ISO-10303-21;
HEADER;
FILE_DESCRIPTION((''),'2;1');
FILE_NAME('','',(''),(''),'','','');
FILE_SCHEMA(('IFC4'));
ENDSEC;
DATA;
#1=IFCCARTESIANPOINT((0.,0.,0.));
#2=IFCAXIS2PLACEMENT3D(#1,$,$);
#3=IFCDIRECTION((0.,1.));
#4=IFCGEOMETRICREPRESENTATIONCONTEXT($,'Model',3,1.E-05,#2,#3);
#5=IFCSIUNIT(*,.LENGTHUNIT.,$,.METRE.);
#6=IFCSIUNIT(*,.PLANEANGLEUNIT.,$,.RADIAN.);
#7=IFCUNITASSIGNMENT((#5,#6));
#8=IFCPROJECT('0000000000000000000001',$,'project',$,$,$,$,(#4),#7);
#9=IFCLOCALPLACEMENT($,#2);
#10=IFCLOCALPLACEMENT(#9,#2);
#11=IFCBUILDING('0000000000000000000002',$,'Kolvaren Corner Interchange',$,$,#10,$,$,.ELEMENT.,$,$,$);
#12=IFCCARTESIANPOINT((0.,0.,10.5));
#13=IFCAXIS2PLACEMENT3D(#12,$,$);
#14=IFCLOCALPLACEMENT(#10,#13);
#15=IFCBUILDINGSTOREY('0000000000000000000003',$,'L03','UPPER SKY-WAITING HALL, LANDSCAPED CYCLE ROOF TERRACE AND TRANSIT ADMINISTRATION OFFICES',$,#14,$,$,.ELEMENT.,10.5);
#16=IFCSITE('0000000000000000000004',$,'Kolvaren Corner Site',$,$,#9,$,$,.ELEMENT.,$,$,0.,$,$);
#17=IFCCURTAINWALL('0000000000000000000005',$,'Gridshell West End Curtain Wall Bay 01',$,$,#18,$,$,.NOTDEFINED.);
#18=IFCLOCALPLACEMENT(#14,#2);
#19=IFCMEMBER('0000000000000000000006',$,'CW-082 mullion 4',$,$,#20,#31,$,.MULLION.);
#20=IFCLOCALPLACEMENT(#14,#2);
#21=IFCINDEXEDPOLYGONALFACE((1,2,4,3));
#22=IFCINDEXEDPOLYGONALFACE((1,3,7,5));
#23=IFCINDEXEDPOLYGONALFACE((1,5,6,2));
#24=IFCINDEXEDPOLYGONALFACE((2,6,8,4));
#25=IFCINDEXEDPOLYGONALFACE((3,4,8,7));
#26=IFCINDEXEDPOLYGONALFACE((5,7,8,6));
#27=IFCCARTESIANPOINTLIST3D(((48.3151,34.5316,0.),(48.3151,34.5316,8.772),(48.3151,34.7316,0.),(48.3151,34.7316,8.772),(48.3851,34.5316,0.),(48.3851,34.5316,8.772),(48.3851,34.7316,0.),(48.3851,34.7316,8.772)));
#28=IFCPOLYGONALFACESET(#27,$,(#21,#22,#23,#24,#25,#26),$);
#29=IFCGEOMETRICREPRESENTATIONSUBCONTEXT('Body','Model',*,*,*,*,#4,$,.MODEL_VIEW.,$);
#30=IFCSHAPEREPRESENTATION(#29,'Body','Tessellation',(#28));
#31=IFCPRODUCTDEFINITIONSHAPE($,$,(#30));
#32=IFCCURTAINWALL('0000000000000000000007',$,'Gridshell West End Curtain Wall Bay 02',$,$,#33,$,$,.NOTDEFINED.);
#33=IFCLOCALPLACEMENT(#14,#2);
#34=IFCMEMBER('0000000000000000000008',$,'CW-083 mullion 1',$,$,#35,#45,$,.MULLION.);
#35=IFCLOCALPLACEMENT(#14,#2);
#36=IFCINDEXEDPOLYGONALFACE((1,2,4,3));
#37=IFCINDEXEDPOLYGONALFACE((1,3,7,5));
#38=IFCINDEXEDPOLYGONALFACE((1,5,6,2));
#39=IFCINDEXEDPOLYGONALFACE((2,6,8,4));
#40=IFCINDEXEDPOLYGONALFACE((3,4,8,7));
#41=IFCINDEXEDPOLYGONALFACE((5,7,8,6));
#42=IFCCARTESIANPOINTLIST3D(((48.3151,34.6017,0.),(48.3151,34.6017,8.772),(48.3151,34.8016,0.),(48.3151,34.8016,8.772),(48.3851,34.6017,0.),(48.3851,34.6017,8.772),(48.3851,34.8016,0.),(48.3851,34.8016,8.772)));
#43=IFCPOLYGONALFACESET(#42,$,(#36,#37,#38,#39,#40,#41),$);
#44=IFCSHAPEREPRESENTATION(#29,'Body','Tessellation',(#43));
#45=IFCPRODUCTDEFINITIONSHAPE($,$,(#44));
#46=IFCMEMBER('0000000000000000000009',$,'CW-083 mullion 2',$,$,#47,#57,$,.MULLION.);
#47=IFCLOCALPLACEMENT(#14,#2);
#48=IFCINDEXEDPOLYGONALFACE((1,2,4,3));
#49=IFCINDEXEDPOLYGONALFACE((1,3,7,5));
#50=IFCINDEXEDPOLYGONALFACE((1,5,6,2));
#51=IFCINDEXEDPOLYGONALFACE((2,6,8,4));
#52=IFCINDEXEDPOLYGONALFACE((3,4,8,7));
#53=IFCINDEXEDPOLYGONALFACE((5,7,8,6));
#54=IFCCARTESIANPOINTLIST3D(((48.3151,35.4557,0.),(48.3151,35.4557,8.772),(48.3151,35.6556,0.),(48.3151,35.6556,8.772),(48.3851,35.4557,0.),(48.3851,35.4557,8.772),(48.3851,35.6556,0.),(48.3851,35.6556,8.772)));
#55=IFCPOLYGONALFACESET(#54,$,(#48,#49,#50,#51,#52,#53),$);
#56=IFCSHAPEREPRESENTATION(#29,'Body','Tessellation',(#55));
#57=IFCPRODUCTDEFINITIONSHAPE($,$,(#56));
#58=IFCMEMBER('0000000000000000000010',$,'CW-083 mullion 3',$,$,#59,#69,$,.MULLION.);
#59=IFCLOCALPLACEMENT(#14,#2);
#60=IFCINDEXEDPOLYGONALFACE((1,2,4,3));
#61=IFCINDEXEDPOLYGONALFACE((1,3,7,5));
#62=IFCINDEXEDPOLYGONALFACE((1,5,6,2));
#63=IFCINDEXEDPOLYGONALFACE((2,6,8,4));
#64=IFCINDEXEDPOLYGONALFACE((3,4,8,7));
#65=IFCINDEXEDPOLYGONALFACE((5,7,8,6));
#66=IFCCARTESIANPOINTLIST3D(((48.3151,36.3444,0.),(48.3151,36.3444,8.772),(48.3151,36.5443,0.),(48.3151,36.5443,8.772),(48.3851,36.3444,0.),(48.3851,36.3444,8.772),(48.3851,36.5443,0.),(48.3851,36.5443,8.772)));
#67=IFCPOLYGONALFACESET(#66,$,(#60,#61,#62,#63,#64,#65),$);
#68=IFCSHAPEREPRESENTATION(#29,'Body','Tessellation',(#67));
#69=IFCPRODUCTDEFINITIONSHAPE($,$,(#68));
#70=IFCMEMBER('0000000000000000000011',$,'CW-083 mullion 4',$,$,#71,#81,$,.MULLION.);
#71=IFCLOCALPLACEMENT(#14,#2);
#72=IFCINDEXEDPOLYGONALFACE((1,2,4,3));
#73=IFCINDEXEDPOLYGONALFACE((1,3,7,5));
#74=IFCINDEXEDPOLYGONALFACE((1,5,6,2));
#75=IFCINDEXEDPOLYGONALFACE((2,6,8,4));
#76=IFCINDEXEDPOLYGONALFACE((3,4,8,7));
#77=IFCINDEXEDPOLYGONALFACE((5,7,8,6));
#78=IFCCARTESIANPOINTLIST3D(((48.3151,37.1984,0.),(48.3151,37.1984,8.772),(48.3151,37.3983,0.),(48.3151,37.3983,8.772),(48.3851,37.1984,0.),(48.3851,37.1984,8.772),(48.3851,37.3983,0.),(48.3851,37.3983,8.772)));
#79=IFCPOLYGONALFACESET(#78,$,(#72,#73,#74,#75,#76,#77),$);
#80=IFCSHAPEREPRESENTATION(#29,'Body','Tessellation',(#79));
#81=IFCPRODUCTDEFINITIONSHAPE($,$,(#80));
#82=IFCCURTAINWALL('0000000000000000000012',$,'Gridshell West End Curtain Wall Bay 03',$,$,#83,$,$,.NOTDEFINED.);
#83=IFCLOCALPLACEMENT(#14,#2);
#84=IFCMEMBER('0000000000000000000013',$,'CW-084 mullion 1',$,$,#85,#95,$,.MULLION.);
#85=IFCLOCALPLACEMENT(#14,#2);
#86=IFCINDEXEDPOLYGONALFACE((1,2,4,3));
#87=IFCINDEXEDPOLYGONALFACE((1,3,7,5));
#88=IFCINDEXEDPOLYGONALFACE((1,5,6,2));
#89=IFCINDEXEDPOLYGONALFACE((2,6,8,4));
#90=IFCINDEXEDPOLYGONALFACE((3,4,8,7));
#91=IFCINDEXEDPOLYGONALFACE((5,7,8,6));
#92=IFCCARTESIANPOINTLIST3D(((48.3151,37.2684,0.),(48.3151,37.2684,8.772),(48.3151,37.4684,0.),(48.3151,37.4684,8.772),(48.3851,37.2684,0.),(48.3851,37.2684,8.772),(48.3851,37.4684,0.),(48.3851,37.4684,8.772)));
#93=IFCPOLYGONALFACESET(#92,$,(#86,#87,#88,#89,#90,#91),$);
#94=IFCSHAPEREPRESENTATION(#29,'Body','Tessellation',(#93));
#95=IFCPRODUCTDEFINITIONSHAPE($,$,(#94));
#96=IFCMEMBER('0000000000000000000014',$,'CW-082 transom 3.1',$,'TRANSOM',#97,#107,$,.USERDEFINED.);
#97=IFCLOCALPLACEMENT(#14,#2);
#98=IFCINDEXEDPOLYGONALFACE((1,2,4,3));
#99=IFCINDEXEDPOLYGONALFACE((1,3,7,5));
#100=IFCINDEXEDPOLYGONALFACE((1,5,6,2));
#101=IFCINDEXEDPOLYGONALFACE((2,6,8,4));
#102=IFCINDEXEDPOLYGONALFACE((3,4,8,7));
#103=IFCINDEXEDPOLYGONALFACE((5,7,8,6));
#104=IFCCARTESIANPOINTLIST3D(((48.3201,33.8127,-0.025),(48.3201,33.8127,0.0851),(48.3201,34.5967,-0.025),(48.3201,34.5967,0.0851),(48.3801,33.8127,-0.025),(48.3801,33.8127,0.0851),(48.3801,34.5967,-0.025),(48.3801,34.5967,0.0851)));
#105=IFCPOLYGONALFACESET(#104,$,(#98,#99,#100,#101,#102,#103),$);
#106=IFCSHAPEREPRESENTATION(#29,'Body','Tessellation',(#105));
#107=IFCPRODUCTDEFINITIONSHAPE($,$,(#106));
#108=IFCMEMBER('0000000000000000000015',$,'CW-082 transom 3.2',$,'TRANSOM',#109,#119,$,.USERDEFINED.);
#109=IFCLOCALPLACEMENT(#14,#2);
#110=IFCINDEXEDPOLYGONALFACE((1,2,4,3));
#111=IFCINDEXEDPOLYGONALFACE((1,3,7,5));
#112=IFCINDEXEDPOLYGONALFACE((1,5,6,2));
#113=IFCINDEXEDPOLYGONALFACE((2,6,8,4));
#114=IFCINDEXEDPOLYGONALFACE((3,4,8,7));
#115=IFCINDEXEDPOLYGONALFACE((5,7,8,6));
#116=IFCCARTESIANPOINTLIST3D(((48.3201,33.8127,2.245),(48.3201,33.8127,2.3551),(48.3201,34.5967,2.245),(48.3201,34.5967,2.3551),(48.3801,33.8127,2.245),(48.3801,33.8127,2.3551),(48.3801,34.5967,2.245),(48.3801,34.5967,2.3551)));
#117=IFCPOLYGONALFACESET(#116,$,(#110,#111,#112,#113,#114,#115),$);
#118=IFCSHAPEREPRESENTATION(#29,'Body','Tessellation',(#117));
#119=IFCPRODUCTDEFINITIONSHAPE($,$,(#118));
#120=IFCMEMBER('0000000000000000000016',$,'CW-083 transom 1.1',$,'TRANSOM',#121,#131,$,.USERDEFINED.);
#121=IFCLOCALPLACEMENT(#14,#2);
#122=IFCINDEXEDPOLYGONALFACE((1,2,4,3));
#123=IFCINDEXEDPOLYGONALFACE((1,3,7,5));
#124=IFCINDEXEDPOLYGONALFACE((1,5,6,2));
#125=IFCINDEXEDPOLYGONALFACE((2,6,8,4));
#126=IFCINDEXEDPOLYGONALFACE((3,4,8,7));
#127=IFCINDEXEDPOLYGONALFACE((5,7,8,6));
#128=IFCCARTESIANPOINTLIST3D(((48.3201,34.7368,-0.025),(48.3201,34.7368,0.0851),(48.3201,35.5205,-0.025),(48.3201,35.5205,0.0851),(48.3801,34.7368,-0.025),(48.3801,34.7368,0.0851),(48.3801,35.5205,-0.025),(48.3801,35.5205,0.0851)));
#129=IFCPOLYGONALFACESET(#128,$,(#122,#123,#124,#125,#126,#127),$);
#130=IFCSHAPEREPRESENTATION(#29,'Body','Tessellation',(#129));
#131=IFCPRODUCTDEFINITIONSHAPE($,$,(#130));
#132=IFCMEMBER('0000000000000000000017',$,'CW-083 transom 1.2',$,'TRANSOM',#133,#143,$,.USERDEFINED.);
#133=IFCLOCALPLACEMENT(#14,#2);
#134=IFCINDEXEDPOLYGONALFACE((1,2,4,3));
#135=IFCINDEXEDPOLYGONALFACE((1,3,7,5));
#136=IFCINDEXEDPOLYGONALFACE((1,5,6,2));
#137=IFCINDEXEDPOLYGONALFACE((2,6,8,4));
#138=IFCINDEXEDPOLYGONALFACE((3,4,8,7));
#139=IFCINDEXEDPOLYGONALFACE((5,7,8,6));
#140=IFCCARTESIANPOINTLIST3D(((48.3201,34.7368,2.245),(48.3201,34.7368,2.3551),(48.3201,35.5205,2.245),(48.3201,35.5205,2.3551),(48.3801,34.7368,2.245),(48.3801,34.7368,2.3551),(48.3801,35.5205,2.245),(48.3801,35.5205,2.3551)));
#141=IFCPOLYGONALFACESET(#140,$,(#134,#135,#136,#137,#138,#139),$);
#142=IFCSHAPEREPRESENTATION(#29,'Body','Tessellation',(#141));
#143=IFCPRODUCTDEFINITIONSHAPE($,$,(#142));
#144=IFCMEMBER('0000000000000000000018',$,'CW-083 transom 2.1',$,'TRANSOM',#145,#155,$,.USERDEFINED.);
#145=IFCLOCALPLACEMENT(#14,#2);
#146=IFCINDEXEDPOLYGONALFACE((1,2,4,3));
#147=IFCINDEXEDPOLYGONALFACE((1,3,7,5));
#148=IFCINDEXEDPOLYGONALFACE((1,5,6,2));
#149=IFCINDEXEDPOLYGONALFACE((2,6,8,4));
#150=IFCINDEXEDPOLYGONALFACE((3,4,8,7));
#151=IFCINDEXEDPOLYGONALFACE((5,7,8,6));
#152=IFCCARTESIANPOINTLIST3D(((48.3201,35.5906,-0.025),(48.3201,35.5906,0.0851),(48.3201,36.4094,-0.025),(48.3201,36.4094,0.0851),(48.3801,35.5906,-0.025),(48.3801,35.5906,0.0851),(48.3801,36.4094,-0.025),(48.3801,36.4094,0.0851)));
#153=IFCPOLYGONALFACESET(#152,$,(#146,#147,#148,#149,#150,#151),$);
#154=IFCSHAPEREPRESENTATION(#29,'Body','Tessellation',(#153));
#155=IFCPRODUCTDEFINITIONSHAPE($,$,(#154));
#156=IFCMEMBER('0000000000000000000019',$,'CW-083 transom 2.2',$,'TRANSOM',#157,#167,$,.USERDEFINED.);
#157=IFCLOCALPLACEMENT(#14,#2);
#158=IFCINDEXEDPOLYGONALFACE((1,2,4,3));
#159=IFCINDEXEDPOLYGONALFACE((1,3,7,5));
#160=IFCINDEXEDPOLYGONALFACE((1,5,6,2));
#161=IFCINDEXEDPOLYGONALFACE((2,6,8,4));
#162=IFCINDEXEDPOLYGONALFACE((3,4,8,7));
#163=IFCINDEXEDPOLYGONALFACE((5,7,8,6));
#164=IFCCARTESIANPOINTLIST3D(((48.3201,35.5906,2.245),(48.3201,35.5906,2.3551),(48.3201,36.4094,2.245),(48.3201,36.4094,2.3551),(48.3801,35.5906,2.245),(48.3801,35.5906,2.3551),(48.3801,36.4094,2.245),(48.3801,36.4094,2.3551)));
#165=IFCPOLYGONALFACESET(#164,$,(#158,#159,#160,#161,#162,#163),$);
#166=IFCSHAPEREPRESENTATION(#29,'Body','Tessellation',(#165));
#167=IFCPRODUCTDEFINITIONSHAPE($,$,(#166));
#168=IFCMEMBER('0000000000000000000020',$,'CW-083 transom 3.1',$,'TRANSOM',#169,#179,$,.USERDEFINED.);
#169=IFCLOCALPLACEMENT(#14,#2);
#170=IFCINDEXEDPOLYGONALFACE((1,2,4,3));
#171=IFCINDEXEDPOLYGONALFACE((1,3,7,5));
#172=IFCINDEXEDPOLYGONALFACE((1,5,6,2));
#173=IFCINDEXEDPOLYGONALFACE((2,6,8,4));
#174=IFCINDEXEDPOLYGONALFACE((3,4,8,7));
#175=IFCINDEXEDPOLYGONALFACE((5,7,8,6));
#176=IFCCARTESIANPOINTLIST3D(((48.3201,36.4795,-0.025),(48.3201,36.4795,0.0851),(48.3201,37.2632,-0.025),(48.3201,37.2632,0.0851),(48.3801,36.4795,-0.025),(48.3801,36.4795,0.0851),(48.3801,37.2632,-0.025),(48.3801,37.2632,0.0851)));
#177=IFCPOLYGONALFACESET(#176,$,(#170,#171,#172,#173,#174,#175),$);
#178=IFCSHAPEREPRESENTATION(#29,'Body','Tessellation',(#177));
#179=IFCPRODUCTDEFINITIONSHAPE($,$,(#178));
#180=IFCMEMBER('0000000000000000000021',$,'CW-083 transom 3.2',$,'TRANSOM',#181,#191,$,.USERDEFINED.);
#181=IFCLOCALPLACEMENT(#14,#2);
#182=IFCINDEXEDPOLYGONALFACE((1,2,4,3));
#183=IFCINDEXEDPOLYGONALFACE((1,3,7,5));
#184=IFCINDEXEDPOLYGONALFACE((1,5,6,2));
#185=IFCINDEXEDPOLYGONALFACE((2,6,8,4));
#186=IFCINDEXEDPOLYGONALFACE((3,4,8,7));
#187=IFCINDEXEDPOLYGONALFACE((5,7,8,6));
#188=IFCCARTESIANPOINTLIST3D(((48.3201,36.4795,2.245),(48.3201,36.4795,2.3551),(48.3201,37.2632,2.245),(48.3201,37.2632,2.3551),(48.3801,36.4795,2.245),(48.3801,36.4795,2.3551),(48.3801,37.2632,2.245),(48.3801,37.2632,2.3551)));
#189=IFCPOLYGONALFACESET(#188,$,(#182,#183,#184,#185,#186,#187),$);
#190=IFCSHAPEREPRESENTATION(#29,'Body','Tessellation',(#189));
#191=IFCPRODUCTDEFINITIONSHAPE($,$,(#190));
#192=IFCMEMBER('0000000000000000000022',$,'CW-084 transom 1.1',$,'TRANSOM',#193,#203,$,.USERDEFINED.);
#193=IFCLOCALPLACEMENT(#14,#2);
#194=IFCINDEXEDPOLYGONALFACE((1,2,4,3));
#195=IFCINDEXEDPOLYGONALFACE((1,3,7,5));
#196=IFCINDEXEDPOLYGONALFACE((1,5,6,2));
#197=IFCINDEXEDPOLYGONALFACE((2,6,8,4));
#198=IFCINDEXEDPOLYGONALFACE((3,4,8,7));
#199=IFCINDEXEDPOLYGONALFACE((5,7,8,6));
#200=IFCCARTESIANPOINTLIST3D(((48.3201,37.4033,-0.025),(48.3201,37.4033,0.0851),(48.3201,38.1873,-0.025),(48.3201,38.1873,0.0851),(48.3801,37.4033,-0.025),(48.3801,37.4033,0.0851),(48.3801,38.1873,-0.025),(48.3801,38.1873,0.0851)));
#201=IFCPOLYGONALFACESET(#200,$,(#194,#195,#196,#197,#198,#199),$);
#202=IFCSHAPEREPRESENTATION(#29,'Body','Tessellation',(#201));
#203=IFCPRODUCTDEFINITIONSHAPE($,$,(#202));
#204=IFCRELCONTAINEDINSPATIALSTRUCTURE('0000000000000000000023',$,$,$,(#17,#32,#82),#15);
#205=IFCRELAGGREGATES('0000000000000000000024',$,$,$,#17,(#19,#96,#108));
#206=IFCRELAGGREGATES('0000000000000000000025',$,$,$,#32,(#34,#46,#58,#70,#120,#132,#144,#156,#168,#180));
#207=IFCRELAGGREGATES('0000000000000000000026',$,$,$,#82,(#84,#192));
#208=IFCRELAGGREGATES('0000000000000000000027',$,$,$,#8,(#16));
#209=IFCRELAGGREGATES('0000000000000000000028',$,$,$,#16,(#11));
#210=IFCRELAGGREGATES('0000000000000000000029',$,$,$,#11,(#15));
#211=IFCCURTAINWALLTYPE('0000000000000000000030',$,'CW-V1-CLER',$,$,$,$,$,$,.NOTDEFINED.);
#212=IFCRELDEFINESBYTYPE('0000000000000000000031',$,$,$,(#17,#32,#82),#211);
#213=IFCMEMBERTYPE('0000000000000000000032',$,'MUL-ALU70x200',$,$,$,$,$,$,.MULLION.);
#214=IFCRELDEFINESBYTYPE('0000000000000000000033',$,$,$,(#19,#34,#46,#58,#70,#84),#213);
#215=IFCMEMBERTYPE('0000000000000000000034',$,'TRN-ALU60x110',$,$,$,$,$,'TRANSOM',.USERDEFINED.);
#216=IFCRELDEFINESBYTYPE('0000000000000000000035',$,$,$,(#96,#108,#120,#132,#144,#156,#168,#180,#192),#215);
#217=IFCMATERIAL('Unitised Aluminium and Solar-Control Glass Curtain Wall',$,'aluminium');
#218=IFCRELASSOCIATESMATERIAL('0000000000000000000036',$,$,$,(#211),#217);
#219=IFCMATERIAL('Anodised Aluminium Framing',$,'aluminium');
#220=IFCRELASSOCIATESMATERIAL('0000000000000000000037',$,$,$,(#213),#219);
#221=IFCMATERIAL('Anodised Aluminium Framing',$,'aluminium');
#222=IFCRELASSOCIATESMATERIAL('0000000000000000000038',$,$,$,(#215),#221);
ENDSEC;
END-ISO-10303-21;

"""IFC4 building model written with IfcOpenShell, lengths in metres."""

from ifc_helpers import new_model, si_unit, direction, frame, origin, origin_2d, place, context, subcontext, project, spatial, rectangle, extrude, material, material_profile, profile_set, type_object, element, aggregate, save


model = new_model("IFC4")

# Units and contexts
model_context = context("Model", 3, precision=1e-05, world=origin(), true_north=direction((0.0, 1.0)))
body_context = subcontext(model_context, "Body", "Model", "MODEL_VIEW")
ifc_project = project(units=[si_unit("LENGTHUNIT", "METRE"), si_unit("PLANEANGLEUNIT", "RADIAN")], contexts=[model_context])

# Site, building, storey
site_placement = place(None, origin())
site = spatial("IfcSite", under=ifc_project, at=site_placement, Name="Kolvaren Corner Site", CompositionType="ELEMENT", RefElevation=0.0)
building_placement = place(site_placement, origin())
building = spatial("IfcBuilding", under=site, at=building_placement, Name="Kolvaren Corner Interchange", CompositionType="ELEMENT")
storey_placement = place(building_placement, frame((0.0, 0.0, 10.5)))
storey = spatial("IfcBuildingStorey", under=building, at=storey_placement, Name="L03", Description="UPPER SKY-WAITING HALL, LANDSCAPED CYCLE ROOF TERRACE AND TRANSIT ADMINISTRATION OFFICES", CompositionType="ELEMENT", Elevation=10.5)

# Curtain wall, member
ifc_material_1 = material(Name="Unitised Aluminium and Solar-Control Glass Curtain Wall", Category="aluminium")
curtain_wall_type = type_object("IfcCurtainWallType", Name="CW-V1-CLER", PredefinedType="NOTDEFINED", material=ifc_material_1)
curtain_wall_1_placement = place(storey_placement, origin())
curtain_wall_1 = element("IfcCurtainWall", 1, at=curtain_wall_1_placement, inside=storey, type_object=curtain_wall_type, Name="Gridshell West End Curtain Wall Bay 01", PredefinedType="NOTDEFINED")
ifc_material_2 = material(Name="Anodised Aluminium Framing", Category="aluminium")
ifc_material_profile_1 = material_profile(ifc_material_2, rectangle(XDim=0.0701, YDim=0.2, at=origin_2d()), Name="ALU 70x200")
ifc_profile_set_1 = profile_set([ifc_material_profile_1], Name="Anodised Aluminium Framing")
member_type_1 = type_object("IfcMemberType", Name="MUL-ALU70x200", PredefinedType="MULLION", material=ifc_profile_set_1)
member_1_placement = place(storey_placement, frame((48.3501, 34.6316, 0.0), z_axis=(0.0, 0.0, 1.0), x_axis=(-1.0, 0.0, 0.0)))
member_1 = element("IfcMember", 2, at=member_1_placement, type_object=member_type_1, Name="CW-082 mullion 4", PredefinedType="MULLION", context=body_context, shape_type="SweptSolid", body=[
    extrude(rectangle(XDim=0.0701, YDim=0.2, at=origin_2d()), origin(), (0.0, 0.0, 1.0), 8.772),
])

# Curtain wall, members
curtain_wall_2_placement = place(storey_placement, origin())
curtain_wall_2 = element("IfcCurtainWall", 3, at=curtain_wall_2_placement, inside=storey, type_object=curtain_wall_type, Name="Gridshell West End Curtain Wall Bay 02", PredefinedType="NOTDEFINED")
member_2_placement = place(storey_placement, frame((48.3501, 34.7017, 0.0), z_axis=(0.0, 0.0, 1.0), x_axis=(-1.0, 0.0, 0.0)))
member_2 = element("IfcMember", 4, at=member_2_placement, type_object=member_type_1, Name="CW-083 mullion 1", PredefinedType="MULLION", context=body_context, shape_type="SweptSolid", body=[
    extrude(rectangle(XDim=0.0701, YDim=0.2, at=origin_2d()), origin(), (0.0, 0.0, 1.0), 8.772),
])
member_3_placement = place(storey_placement, frame((48.3501, 35.5557, 0.0), z_axis=(0.0, 0.0, 1.0), x_axis=(-1.0, 0.0, 0.0)))
member_3 = element("IfcMember", 5, at=member_3_placement, type_object=member_type_1, Name="CW-083 mullion 2", PredefinedType="MULLION", context=body_context, shape_type="SweptSolid", body=[
    extrude(rectangle(XDim=0.0701, YDim=0.2, at=origin_2d()), origin(), (0.0, 0.0, 1.0), 8.772),
])
member_4_placement = place(storey_placement, frame((48.3501, 36.4443, 0.0), z_axis=(0.0, 0.0, 1.0), x_axis=(-1.0, 0.0, 0.0)))
member_4 = element("IfcMember", 6, at=member_4_placement, type_object=member_type_1, Name="CW-083 mullion 3", PredefinedType="MULLION", context=body_context, shape_type="SweptSolid", body=[
    extrude(rectangle(XDim=0.0701, YDim=0.2, at=origin_2d()), origin(), (0.0, 0.0, 1.0), 8.772),
])
member_5_placement = place(storey_placement, frame((48.3501, 37.2983, 0.0), z_axis=(0.0, 0.0, 1.0), x_axis=(-1.0, 0.0, 0.0)))
member_5 = element("IfcMember", 7, at=member_5_placement, type_object=member_type_1, Name="CW-083 mullion 4", PredefinedType="MULLION", context=body_context, shape_type="SweptSolid", body=[
    extrude(rectangle(XDim=0.0701, YDim=0.2, at=origin_2d()), origin(), (0.0, 0.0, 1.0), 8.772),
])

# Curtain wall, member
curtain_wall_3_placement = place(storey_placement, origin())
curtain_wall_3 = element("IfcCurtainWall", 8, at=curtain_wall_3_placement, inside=storey, type_object=curtain_wall_type, Name="Gridshell West End Curtain Wall Bay 03", PredefinedType="NOTDEFINED")
member_6_placement = place(storey_placement, frame((48.3501, 37.3684, 0.0), z_axis=(0.0, 0.0, 1.0), x_axis=(-1.0, 0.0, 0.0)))
member_6 = element("IfcMember", 9, at=member_6_placement, type_object=member_type_1, Name="CW-084 mullion 1", PredefinedType="MULLION", context=body_context, shape_type="SweptSolid", body=[
    extrude(rectangle(XDim=0.0701, YDim=0.2, at=origin_2d()), origin(), (0.0, 0.0, 1.0), 8.772),
])

# Members
ifc_material_3 = material(Name="Anodised Aluminium Framing", Category="aluminium")
ifc_material_profile_2 = material_profile(ifc_material_3, rectangle(XDim=0.0601, YDim=0.1101, at=origin_2d()), Name="ALU 60x110")
ifc_profile_set_2 = profile_set([ifc_material_profile_2], Name="Anodised Aluminium Framing")
member_type_2 = type_object("IfcMemberType", Name="TRN-ALU60x110", ElementType="TRANSOM", PredefinedType="USERDEFINED", material=ifc_profile_set_2)
member_7_placement = place(storey_placement, frame((48.3501, 33.8127, 0.03), z_axis=(0.0, 1.0, 0.0), x_axis=(-1.0, 0.0, 0.0)))
member_7 = element("IfcMember", 10, at=member_7_placement, type_object=member_type_2, Name="CW-082 transom 3.1", ObjectType="TRANSOM", PredefinedType="USERDEFINED", context=body_context, shape_type="SweptSolid", body=[
    extrude(rectangle(XDim=0.0601, YDim=0.1101, at=origin_2d()), origin(), (0.0, 0.0, 1.0), 0.7839),
])
member_8_placement = place(storey_placement, frame((48.3501, 33.8127, 2.3), z_axis=(0.0, 1.0, 0.0), x_axis=(-1.0, 0.0, 0.0)))
member_8 = element("IfcMember", 11, at=member_8_placement, type_object=member_type_2, Name="CW-082 transom 3.2", ObjectType="TRANSOM", PredefinedType="USERDEFINED", context=body_context, shape_type="SweptSolid", body=[
    extrude(rectangle(XDim=0.0601, YDim=0.1101, at=origin_2d()), origin(), (0.0, 0.0, 1.0), 0.7839),
])
member_9_placement = place(storey_placement, frame((48.3501, 34.7368, 0.03), z_axis=(0.0, 1.0, 0.0), x_axis=(-1.0, 0.0, 0.0)))
member_9 = element("IfcMember", 12, at=member_9_placement, type_object=member_type_2, Name="CW-083 transom 1.1", ObjectType="TRANSOM", PredefinedType="USERDEFINED", context=body_context, shape_type="SweptSolid", body=[
    extrude(rectangle(XDim=0.0601, YDim=0.1101, at=origin_2d()), origin(), (0.0, 0.0, 1.0), 0.7837),
])
member_10_placement = place(storey_placement, frame((48.3501, 34.7368, 2.3), z_axis=(0.0, 1.0, 0.0), x_axis=(-1.0, 0.0, 0.0)))
member_10 = element("IfcMember", 13, at=member_10_placement, type_object=member_type_2, Name="CW-083 transom 1.2", ObjectType="TRANSOM", PredefinedType="USERDEFINED", context=body_context, shape_type="SweptSolid", body=[
    extrude(rectangle(XDim=0.0601, YDim=0.1101, at=origin_2d()), origin(), (0.0, 0.0, 1.0), 0.7837),
])
member_11_placement = place(storey_placement, frame((48.3501, 35.5906, 0.03), z_axis=(0.0, 1.0, 0.0), x_axis=(-1.0, 0.0, 0.0)))
member_11 = element("IfcMember", 14, at=member_11_placement, type_object=member_type_2, Name="CW-083 transom 2.1", ObjectType="TRANSOM", PredefinedType="USERDEFINED", context=body_context, shape_type="SweptSolid", body=[
    extrude(rectangle(XDim=0.0601, YDim=0.1101, at=origin_2d()), origin(), (0.0, 0.0, 1.0), 0.8188),
])
member_12_placement = place(storey_placement, frame((48.3501, 35.5906, 2.3), z_axis=(0.0, 1.0, 0.0), x_axis=(-1.0, 0.0, 0.0)))
member_12 = element("IfcMember", 15, at=member_12_placement, type_object=member_type_2, Name="CW-083 transom 2.2", ObjectType="TRANSOM", PredefinedType="USERDEFINED", context=body_context, shape_type="SweptSolid", body=[
    extrude(rectangle(XDim=0.0601, YDim=0.1101, at=origin_2d()), origin(), (0.0, 0.0, 1.0), 0.8188),
])
member_13_placement = place(storey_placement, frame((48.3501, 36.4795, 0.03), z_axis=(0.0, 1.0, 0.0), x_axis=(-1.0, 0.0, 0.0)))
member_13 = element("IfcMember", 16, at=member_13_placement, type_object=member_type_2, Name="CW-083 transom 3.1", ObjectType="TRANSOM", PredefinedType="USERDEFINED", context=body_context, shape_type="SweptSolid", body=[
    extrude(rectangle(XDim=0.0601, YDim=0.1101, at=origin_2d()), origin(), (0.0, 0.0, 1.0), 0.7837),
])
member_14_placement = place(storey_placement, frame((48.3501, 36.4795, 2.3), z_axis=(0.0, 1.0, 0.0), x_axis=(-1.0, 0.0, 0.0)))
member_14 = element("IfcMember", 17, at=member_14_placement, type_object=member_type_2, Name="CW-083 transom 3.2", ObjectType="TRANSOM", PredefinedType="USERDEFINED", context=body_context, shape_type="SweptSolid", body=[
    extrude(rectangle(XDim=0.0601, YDim=0.1101, at=origin_2d()), origin(), (0.0, 0.0, 1.0), 0.7837),
])
member_15_placement = place(storey_placement, frame((48.3501, 37.4033, 0.03), z_axis=(0.0, 1.0, 0.0), x_axis=(-1.0, 0.0, 0.0)))
member_15 = element("IfcMember", 18, at=member_15_placement, type_object=member_type_2, Name="CW-084 transom 1.1", ObjectType="TRANSOM", PredefinedType="USERDEFINED", context=body_context, shape_type="SweptSolid", body=[
    extrude(rectangle(XDim=0.0601, YDim=0.1101, at=origin_2d()), origin(), (0.0, 0.0, 1.0), 0.7839),
])

aggregate(curtain_wall_1, [member_1, member_7, member_8])
aggregate(curtain_wall_2, [member_2, member_3, member_4, member_5, member_9, member_10, member_11, member_12, member_13, member_14])
aggregate(curtain_wall_3, [member_6, member_15])

save(model, "model.ifc")
